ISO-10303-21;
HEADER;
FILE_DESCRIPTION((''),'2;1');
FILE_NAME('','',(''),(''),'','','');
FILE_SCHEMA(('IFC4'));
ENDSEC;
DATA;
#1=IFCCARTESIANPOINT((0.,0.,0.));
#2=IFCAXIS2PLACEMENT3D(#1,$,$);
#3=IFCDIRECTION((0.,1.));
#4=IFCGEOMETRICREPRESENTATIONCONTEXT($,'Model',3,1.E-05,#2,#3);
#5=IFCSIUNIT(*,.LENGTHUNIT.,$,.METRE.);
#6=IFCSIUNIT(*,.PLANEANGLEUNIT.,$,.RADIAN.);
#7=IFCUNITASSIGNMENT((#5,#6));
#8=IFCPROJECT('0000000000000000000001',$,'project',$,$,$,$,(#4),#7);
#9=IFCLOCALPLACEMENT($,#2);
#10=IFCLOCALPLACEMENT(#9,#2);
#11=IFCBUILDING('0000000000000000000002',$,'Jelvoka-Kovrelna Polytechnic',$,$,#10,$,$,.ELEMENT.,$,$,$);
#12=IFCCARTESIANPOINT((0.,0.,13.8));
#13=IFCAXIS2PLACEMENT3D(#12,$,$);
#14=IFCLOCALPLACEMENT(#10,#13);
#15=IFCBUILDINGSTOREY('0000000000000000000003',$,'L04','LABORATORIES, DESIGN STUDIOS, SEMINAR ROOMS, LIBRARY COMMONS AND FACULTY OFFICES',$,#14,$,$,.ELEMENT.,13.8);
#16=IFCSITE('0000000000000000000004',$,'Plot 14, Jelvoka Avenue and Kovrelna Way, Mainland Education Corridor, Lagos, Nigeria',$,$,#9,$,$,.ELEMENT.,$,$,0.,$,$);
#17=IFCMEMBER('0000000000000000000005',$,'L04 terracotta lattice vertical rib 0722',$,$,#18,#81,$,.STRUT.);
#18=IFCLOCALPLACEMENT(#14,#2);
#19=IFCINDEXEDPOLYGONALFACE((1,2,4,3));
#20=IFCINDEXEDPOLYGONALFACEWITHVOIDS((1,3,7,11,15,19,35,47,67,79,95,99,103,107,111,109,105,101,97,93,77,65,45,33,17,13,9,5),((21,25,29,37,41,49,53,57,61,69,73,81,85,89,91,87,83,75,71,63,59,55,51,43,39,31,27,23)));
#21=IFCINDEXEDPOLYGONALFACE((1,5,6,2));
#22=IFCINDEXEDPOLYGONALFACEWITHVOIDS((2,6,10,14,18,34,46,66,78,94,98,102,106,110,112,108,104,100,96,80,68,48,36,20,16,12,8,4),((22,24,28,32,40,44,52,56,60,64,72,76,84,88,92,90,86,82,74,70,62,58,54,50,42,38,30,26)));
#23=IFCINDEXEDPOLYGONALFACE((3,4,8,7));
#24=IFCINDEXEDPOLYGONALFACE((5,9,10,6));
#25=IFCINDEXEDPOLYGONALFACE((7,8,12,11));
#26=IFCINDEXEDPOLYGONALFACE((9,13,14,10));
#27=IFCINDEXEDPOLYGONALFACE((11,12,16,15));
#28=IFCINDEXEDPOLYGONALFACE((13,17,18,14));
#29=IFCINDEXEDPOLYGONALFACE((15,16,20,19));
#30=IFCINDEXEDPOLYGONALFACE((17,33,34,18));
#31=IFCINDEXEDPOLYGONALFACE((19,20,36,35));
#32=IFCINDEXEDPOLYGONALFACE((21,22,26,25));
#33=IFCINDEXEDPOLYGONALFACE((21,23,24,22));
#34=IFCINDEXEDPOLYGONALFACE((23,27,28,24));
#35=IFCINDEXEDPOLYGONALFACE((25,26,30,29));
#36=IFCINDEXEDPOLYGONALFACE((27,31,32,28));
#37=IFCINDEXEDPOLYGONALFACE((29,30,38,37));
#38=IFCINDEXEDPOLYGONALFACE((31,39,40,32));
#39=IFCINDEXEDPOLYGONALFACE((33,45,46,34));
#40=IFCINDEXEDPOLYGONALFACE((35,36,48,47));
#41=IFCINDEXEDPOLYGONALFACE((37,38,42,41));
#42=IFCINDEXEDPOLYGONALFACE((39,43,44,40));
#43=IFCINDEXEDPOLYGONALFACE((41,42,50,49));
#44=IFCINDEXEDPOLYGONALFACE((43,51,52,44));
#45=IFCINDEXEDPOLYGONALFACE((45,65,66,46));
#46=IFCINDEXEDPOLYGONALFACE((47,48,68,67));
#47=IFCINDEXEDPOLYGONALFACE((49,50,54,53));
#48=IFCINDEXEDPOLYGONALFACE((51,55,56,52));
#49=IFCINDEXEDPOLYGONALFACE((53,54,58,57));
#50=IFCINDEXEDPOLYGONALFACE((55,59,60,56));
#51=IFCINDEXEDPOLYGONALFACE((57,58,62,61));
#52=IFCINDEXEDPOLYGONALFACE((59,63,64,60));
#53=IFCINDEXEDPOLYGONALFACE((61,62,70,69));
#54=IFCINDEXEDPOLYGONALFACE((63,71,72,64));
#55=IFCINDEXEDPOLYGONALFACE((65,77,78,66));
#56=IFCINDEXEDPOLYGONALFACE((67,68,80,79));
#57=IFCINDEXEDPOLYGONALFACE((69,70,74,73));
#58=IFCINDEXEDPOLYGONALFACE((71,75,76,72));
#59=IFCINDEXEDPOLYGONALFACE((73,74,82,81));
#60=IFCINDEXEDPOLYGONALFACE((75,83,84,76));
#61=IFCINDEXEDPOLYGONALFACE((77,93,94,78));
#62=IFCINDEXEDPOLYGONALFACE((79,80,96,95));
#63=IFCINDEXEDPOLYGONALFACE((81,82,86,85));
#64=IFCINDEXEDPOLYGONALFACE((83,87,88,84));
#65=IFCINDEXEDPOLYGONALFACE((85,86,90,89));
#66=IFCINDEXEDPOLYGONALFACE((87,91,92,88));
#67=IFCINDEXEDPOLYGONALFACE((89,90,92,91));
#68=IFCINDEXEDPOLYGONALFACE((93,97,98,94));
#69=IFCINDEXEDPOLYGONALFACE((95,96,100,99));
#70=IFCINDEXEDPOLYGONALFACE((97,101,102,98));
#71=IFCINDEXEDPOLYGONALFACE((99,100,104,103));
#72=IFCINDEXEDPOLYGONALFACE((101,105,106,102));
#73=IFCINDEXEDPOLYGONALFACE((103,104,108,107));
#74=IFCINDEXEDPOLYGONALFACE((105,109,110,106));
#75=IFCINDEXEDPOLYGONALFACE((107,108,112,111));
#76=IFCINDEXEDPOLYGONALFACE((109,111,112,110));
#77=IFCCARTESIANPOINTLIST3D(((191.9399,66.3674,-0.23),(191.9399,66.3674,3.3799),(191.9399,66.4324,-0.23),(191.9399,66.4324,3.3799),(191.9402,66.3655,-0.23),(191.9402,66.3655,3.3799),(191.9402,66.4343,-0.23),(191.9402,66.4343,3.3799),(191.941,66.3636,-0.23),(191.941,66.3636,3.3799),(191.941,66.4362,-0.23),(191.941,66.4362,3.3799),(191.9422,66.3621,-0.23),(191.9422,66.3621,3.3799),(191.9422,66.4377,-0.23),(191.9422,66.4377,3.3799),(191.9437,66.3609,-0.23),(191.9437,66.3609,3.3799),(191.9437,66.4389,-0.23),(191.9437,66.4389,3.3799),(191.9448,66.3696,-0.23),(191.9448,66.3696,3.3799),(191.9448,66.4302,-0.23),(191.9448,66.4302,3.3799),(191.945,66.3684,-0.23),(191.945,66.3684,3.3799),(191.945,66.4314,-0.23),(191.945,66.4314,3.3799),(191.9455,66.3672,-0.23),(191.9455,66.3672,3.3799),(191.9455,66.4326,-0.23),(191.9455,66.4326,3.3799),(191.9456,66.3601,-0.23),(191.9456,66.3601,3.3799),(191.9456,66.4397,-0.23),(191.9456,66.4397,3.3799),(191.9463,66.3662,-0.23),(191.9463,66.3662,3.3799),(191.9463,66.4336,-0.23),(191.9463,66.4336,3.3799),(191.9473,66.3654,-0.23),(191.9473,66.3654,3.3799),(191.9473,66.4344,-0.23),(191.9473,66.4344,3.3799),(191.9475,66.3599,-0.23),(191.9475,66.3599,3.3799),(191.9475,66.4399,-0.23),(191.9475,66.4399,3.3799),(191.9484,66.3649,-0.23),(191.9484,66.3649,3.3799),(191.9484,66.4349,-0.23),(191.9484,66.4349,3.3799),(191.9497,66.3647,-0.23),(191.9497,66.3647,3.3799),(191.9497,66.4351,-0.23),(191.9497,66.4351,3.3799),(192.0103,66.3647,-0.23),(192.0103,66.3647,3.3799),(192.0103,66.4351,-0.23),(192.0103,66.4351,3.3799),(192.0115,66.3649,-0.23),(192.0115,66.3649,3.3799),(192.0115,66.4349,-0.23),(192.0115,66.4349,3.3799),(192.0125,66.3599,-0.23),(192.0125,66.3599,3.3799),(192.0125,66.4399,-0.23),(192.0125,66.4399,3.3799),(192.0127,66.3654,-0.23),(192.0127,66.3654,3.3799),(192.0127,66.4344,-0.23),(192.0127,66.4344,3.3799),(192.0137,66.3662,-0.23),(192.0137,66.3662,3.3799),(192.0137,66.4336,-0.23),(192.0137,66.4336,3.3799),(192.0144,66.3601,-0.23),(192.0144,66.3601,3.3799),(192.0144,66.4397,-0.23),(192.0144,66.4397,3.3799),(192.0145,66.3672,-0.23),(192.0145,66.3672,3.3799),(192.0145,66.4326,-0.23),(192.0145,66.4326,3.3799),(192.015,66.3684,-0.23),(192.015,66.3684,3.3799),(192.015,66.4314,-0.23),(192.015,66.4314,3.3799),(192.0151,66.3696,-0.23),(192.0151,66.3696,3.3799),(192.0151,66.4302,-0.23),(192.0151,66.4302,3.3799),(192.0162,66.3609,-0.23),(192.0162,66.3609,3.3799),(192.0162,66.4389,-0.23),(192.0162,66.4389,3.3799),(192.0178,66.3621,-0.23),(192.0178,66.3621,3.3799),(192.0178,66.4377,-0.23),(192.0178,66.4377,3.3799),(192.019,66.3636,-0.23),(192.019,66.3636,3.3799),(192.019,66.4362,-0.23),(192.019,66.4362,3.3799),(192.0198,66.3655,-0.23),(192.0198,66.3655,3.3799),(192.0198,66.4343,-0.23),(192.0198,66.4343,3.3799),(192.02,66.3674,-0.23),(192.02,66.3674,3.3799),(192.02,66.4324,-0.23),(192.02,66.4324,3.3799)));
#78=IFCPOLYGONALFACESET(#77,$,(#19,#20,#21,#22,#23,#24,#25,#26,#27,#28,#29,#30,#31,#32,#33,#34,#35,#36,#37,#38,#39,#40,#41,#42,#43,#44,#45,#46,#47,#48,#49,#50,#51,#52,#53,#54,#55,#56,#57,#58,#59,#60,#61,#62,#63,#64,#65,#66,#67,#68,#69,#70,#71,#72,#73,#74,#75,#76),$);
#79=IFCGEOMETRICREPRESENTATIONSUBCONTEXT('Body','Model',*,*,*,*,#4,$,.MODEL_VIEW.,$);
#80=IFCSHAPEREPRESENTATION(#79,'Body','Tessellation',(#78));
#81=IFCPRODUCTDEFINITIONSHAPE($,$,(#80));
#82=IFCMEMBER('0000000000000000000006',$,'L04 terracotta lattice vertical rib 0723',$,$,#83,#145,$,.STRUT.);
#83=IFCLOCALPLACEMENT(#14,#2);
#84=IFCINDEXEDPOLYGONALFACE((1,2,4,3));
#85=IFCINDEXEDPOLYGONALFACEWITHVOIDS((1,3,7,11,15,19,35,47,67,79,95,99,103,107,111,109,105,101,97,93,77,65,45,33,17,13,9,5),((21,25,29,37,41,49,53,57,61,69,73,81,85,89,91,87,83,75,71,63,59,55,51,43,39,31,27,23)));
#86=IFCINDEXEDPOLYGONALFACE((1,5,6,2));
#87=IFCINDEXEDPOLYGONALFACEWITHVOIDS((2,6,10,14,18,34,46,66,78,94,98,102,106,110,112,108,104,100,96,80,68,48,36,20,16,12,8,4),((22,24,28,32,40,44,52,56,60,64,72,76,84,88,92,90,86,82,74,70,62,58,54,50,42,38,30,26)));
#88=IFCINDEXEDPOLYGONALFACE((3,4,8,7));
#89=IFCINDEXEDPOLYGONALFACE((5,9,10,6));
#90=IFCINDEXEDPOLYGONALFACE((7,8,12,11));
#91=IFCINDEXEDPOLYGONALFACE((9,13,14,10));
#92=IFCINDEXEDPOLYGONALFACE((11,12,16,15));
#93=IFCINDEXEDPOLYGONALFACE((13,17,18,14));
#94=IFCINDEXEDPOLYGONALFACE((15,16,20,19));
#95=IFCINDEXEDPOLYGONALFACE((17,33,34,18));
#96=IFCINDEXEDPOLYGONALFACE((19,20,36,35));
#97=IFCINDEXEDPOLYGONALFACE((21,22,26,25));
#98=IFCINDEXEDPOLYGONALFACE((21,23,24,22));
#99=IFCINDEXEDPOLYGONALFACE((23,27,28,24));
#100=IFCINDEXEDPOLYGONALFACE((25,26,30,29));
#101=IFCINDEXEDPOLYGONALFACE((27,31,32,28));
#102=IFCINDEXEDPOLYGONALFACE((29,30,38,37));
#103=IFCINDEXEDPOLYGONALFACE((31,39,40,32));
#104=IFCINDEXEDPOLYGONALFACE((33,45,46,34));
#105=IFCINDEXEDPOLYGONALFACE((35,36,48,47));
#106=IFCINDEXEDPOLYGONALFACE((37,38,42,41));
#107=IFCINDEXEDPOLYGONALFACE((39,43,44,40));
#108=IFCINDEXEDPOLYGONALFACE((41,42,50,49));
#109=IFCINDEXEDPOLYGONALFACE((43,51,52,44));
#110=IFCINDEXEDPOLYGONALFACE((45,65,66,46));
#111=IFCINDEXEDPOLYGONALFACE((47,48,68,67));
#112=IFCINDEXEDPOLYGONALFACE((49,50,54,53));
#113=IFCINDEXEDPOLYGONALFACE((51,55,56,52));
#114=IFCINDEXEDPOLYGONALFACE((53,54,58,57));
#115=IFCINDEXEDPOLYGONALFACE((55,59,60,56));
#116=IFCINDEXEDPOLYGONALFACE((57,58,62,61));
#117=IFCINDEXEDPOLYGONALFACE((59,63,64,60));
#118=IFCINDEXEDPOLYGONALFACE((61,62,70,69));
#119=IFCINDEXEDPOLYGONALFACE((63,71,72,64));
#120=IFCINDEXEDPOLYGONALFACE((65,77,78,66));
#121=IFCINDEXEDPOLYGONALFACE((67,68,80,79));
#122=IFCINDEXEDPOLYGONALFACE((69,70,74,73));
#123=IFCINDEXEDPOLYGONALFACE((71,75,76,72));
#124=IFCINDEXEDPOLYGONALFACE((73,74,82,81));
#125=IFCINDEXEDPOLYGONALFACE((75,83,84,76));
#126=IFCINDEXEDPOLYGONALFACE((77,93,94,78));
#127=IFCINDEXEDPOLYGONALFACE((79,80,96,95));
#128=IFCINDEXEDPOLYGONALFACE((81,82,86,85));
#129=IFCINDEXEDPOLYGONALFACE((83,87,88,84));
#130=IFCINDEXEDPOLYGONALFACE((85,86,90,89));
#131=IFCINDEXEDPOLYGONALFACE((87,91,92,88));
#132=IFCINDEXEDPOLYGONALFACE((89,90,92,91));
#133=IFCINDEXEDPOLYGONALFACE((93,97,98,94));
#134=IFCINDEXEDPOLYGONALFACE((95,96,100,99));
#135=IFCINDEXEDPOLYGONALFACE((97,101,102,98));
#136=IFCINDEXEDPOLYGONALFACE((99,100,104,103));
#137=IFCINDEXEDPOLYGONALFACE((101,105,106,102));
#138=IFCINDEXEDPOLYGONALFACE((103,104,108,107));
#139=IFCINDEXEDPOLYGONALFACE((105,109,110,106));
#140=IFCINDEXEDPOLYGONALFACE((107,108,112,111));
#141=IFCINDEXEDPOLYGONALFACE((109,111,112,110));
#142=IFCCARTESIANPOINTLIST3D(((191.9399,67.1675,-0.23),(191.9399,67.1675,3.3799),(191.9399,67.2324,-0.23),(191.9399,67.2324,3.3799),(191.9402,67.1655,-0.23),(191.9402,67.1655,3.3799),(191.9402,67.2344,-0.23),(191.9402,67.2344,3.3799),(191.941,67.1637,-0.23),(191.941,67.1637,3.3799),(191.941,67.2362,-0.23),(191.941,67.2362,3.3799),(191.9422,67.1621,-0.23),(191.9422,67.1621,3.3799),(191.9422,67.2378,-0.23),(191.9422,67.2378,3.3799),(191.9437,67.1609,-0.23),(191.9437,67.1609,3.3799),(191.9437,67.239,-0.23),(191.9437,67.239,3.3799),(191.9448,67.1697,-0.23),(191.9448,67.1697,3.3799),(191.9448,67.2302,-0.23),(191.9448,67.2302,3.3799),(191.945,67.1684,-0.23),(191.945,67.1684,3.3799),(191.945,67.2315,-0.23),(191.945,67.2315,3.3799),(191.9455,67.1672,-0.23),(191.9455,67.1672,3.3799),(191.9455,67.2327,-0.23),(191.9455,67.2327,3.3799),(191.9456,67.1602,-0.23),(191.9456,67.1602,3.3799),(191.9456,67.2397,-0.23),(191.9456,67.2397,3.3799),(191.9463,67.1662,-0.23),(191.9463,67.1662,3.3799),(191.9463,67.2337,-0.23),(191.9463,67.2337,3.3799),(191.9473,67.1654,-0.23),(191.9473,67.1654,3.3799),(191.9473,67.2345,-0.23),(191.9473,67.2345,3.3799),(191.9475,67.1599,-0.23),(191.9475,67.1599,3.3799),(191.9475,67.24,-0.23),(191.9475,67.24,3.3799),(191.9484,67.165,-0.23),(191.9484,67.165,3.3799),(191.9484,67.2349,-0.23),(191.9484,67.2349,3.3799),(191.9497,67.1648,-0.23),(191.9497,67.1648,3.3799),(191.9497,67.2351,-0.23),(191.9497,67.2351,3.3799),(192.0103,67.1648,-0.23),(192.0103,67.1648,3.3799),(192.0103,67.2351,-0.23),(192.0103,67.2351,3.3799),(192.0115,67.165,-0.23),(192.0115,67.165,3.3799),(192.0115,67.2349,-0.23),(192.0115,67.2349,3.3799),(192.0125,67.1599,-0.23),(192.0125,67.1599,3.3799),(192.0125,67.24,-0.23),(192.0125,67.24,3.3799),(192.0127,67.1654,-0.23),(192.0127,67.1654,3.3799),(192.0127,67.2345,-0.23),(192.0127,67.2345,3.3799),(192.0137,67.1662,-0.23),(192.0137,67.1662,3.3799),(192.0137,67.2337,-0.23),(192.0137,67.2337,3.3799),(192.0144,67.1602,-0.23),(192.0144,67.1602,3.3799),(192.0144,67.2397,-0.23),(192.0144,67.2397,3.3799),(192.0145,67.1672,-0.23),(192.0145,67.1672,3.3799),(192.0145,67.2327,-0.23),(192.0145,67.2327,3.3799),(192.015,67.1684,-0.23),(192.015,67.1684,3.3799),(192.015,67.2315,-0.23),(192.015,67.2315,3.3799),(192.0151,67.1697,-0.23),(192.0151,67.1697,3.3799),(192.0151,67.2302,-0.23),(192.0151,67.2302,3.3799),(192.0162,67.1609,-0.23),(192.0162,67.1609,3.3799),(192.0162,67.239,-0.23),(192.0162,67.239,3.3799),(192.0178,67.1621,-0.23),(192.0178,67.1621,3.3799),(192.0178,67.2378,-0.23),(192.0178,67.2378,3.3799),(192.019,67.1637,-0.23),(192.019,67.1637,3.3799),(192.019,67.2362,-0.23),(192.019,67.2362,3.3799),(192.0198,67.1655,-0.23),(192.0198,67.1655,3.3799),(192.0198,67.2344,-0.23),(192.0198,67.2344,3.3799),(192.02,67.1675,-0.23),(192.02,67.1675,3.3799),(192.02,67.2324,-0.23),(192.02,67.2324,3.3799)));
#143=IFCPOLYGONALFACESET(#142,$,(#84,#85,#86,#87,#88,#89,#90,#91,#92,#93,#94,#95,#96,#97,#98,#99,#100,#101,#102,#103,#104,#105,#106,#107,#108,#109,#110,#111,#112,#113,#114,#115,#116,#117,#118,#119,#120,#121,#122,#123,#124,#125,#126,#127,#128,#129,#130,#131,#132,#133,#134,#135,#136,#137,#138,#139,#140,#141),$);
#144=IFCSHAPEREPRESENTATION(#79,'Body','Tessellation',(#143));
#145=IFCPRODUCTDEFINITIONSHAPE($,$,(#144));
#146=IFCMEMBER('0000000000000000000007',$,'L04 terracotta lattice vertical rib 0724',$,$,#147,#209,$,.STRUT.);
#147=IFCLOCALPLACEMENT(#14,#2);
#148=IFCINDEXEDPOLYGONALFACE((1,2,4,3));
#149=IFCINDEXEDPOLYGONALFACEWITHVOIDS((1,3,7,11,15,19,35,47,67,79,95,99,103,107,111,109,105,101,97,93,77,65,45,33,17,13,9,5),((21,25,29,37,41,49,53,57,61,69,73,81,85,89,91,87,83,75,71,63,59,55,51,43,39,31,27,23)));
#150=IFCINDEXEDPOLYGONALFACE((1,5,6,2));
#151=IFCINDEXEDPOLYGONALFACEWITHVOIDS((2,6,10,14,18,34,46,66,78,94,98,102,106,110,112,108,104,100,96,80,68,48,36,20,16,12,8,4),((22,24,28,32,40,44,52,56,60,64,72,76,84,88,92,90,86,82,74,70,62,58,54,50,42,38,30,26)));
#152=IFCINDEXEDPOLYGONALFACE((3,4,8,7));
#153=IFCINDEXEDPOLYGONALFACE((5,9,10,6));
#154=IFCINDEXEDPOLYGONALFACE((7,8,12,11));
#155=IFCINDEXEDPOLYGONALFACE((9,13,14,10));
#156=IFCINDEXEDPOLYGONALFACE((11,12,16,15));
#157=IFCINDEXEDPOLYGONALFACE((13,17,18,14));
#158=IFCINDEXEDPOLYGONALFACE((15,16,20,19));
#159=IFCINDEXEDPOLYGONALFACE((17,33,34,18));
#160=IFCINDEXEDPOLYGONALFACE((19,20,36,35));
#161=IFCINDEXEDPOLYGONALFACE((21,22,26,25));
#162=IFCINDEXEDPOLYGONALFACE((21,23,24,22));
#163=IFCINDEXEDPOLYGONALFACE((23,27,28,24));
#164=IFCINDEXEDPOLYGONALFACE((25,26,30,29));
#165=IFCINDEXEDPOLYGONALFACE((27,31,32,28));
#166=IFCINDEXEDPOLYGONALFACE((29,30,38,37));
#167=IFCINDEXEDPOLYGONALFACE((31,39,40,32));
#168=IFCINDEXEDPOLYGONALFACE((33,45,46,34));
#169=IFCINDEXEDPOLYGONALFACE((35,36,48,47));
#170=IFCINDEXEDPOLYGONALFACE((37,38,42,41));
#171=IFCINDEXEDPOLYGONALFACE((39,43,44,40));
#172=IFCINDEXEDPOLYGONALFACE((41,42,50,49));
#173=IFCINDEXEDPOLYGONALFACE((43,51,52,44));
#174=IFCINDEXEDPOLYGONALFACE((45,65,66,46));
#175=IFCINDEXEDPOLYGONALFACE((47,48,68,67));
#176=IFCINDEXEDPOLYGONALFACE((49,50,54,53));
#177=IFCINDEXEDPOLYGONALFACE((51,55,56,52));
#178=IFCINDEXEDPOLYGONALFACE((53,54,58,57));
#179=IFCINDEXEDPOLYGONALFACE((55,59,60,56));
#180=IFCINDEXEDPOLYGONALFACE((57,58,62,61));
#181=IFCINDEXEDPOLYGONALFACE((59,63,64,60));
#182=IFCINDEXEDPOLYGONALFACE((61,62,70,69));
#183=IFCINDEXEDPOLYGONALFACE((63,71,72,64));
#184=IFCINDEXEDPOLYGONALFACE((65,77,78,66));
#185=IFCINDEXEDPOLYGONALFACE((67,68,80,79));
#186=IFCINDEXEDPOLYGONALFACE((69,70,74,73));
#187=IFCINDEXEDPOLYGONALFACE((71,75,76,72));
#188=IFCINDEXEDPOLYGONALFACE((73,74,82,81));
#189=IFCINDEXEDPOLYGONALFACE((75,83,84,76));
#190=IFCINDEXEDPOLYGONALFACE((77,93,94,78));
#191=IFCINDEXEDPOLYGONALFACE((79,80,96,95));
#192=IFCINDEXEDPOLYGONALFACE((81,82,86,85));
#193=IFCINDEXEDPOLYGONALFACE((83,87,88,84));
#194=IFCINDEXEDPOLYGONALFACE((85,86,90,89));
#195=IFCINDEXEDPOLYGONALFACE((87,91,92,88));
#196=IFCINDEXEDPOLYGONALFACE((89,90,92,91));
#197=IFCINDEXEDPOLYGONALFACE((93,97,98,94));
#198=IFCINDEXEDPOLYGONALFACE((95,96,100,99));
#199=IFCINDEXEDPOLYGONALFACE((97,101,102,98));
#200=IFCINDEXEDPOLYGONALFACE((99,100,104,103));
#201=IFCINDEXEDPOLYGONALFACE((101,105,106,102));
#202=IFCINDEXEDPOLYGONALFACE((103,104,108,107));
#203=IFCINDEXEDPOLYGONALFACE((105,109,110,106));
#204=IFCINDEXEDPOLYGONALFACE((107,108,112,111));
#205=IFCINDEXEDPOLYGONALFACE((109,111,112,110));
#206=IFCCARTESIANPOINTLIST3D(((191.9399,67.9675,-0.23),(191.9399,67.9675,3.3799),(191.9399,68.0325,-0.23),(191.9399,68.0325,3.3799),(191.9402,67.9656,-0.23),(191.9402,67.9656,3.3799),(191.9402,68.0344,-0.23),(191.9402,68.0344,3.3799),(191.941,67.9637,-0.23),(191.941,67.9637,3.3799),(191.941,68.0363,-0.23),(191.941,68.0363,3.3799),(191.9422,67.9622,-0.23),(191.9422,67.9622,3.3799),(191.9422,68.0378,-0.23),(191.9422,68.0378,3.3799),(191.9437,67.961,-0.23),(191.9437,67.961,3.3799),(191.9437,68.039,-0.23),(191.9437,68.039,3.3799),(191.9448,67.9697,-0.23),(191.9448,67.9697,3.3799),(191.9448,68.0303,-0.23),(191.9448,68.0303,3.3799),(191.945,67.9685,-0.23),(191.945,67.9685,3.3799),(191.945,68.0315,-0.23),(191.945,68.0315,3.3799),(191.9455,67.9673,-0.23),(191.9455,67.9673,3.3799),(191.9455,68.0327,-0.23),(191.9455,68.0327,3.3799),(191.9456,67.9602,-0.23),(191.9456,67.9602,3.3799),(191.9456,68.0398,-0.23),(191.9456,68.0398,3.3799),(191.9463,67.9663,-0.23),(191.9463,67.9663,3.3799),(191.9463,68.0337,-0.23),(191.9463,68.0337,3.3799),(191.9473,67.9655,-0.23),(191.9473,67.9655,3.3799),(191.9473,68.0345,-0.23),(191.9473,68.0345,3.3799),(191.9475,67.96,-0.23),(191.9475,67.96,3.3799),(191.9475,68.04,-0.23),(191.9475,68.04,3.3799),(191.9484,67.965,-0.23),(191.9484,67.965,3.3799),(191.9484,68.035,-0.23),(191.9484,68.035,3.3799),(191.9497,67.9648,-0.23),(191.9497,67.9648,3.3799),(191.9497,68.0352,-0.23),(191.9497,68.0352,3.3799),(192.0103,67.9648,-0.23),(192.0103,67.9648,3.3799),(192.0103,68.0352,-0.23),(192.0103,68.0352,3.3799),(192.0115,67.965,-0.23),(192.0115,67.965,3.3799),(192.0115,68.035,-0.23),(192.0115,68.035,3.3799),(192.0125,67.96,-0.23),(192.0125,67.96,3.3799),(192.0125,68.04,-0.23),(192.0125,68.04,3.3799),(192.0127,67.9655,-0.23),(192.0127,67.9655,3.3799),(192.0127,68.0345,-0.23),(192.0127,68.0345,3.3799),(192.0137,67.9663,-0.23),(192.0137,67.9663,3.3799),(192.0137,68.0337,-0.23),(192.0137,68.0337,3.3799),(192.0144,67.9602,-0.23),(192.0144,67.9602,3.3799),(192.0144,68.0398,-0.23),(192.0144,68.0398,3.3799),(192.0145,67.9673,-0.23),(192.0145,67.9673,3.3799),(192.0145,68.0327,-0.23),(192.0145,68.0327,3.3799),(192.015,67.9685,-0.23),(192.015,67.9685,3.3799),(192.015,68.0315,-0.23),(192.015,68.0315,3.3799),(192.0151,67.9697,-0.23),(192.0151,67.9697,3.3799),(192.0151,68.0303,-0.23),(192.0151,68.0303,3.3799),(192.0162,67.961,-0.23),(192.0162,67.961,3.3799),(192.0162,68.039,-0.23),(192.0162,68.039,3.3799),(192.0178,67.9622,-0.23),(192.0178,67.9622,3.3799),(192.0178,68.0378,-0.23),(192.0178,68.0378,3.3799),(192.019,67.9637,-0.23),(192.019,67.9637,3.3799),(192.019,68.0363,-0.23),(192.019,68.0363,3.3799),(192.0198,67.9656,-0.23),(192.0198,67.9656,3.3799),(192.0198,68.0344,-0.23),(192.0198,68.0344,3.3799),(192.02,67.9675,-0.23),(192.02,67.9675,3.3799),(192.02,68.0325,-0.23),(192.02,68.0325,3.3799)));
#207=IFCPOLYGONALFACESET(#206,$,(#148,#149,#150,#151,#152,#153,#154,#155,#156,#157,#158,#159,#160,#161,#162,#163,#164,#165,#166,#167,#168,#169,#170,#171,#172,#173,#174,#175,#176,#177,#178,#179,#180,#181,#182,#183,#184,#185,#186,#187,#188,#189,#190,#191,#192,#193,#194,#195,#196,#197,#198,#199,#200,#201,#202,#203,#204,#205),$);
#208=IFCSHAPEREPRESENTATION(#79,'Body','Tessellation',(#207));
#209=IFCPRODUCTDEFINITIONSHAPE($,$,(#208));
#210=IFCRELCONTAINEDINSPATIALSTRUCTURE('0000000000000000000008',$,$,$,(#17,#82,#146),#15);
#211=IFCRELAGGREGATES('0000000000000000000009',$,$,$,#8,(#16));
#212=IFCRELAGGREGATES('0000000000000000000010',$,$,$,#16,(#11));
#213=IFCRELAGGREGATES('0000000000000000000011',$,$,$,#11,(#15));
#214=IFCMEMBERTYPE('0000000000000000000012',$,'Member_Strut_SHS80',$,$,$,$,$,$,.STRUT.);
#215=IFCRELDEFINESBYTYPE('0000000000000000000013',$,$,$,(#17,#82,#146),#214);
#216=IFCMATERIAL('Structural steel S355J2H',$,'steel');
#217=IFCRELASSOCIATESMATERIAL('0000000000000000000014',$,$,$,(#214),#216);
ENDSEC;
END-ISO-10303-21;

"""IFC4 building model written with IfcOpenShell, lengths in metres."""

from ifc_helpers import new_model, si_unit, direction, frame, origin, origin_2d, place, context, subcontext, project, spatial, hollow_rectangle, extrude, material, material_profile, profile_set, type_object, element, save


model = new_model("IFC4")

# Units and contexts
model_context = context("Model", 3, precision=1e-05, world=origin(), true_north=direction((0.0, 1.0)))
body_context = subcontext(model_context, "Body", "Model", "MODEL_VIEW")
ifc_project = project(units=[si_unit("LENGTHUNIT", "METRE"), si_unit("PLANEANGLEUNIT", "RADIAN")], contexts=[model_context])

# Site, building, storey
site_placement = place(None, origin())
site = spatial("IfcSite", under=ifc_project, at=site_placement, Name="Plot 14, Jelvoka Avenue and Kovrelna Way, Mainland Education Corridor, Lagos, Nigeria", CompositionType="ELEMENT", RefElevation=0.0)
building_placement = place(site_placement, origin())
building = spatial("IfcBuilding", under=site, at=building_placement, Name="Jelvoka-Kovrelna Polytechnic", CompositionType="ELEMENT")
storey_placement = place(building_placement, frame((0.0, 0.0, 13.8)))
storey = spatial("IfcBuildingStorey", under=building, at=storey_placement, Name="L04", Description="LABORATORIES, DESIGN STUDIOS, SEMINAR ROOMS, LIBRARY COMMONS AND FACULTY OFFICES", CompositionType="ELEMENT", Elevation=13.8)

# Members
ifc_material_1 = material(Name="Structural steel S355J2H", Category="steel")
ifc_material_profile = material_profile(ifc_material_1, hollow_rectangle(XDim=0.0801, YDim=0.0801, WallThickness=0.0049, InnerFilletRadius=0.0049, OuterFilletRadius=0.0076, at=origin_2d()), Name="80x80x5.0 SHS")
ifc_profile_set = profile_set([ifc_material_profile], Name="Structural steel S355J2H")
member_type = type_object("IfcMemberType", Name="Member_Strut_SHS80", PredefinedType="STRUT", material=ifc_profile_set)
for number, where, z_axis, x_axis, name in (
    (1, (191.98, 66.3999, -0.23), (0.0, 0.0, 1.0), (1.0, 0.0, 0.0), "L04 terracotta lattice vertical rib 0722"),
    (2, (191.98, 67.2, -0.23), (0.0, 0.0, 1.0), (1.0, 0.0, 0.0), "L04 terracotta lattice vertical rib 0723"),
    (3, (191.98, 68.0, -0.23), (0.0, 0.0, 1.0), (1.0, 0.0, 0.0), "L04 terracotta lattice vertical rib 0724"),
):
    element("IfcMember", number, at=place(storey_placement, frame(where, z_axis=z_axis, x_axis=x_axis)), inside=storey, type_object=member_type, Name=name, PredefinedType="STRUT", context=body_context, shape_type="SweptSolid", body=[
        extrude(hollow_rectangle(XDim=0.0801, YDim=0.0801, WallThickness=0.0049, InnerFilletRadius=0.0049, OuterFilletRadius=0.0076, at=origin_2d()), origin(), (0.0, 0.0, 1.0), 3.6099),
    ])

save(model, "model.ifc")
